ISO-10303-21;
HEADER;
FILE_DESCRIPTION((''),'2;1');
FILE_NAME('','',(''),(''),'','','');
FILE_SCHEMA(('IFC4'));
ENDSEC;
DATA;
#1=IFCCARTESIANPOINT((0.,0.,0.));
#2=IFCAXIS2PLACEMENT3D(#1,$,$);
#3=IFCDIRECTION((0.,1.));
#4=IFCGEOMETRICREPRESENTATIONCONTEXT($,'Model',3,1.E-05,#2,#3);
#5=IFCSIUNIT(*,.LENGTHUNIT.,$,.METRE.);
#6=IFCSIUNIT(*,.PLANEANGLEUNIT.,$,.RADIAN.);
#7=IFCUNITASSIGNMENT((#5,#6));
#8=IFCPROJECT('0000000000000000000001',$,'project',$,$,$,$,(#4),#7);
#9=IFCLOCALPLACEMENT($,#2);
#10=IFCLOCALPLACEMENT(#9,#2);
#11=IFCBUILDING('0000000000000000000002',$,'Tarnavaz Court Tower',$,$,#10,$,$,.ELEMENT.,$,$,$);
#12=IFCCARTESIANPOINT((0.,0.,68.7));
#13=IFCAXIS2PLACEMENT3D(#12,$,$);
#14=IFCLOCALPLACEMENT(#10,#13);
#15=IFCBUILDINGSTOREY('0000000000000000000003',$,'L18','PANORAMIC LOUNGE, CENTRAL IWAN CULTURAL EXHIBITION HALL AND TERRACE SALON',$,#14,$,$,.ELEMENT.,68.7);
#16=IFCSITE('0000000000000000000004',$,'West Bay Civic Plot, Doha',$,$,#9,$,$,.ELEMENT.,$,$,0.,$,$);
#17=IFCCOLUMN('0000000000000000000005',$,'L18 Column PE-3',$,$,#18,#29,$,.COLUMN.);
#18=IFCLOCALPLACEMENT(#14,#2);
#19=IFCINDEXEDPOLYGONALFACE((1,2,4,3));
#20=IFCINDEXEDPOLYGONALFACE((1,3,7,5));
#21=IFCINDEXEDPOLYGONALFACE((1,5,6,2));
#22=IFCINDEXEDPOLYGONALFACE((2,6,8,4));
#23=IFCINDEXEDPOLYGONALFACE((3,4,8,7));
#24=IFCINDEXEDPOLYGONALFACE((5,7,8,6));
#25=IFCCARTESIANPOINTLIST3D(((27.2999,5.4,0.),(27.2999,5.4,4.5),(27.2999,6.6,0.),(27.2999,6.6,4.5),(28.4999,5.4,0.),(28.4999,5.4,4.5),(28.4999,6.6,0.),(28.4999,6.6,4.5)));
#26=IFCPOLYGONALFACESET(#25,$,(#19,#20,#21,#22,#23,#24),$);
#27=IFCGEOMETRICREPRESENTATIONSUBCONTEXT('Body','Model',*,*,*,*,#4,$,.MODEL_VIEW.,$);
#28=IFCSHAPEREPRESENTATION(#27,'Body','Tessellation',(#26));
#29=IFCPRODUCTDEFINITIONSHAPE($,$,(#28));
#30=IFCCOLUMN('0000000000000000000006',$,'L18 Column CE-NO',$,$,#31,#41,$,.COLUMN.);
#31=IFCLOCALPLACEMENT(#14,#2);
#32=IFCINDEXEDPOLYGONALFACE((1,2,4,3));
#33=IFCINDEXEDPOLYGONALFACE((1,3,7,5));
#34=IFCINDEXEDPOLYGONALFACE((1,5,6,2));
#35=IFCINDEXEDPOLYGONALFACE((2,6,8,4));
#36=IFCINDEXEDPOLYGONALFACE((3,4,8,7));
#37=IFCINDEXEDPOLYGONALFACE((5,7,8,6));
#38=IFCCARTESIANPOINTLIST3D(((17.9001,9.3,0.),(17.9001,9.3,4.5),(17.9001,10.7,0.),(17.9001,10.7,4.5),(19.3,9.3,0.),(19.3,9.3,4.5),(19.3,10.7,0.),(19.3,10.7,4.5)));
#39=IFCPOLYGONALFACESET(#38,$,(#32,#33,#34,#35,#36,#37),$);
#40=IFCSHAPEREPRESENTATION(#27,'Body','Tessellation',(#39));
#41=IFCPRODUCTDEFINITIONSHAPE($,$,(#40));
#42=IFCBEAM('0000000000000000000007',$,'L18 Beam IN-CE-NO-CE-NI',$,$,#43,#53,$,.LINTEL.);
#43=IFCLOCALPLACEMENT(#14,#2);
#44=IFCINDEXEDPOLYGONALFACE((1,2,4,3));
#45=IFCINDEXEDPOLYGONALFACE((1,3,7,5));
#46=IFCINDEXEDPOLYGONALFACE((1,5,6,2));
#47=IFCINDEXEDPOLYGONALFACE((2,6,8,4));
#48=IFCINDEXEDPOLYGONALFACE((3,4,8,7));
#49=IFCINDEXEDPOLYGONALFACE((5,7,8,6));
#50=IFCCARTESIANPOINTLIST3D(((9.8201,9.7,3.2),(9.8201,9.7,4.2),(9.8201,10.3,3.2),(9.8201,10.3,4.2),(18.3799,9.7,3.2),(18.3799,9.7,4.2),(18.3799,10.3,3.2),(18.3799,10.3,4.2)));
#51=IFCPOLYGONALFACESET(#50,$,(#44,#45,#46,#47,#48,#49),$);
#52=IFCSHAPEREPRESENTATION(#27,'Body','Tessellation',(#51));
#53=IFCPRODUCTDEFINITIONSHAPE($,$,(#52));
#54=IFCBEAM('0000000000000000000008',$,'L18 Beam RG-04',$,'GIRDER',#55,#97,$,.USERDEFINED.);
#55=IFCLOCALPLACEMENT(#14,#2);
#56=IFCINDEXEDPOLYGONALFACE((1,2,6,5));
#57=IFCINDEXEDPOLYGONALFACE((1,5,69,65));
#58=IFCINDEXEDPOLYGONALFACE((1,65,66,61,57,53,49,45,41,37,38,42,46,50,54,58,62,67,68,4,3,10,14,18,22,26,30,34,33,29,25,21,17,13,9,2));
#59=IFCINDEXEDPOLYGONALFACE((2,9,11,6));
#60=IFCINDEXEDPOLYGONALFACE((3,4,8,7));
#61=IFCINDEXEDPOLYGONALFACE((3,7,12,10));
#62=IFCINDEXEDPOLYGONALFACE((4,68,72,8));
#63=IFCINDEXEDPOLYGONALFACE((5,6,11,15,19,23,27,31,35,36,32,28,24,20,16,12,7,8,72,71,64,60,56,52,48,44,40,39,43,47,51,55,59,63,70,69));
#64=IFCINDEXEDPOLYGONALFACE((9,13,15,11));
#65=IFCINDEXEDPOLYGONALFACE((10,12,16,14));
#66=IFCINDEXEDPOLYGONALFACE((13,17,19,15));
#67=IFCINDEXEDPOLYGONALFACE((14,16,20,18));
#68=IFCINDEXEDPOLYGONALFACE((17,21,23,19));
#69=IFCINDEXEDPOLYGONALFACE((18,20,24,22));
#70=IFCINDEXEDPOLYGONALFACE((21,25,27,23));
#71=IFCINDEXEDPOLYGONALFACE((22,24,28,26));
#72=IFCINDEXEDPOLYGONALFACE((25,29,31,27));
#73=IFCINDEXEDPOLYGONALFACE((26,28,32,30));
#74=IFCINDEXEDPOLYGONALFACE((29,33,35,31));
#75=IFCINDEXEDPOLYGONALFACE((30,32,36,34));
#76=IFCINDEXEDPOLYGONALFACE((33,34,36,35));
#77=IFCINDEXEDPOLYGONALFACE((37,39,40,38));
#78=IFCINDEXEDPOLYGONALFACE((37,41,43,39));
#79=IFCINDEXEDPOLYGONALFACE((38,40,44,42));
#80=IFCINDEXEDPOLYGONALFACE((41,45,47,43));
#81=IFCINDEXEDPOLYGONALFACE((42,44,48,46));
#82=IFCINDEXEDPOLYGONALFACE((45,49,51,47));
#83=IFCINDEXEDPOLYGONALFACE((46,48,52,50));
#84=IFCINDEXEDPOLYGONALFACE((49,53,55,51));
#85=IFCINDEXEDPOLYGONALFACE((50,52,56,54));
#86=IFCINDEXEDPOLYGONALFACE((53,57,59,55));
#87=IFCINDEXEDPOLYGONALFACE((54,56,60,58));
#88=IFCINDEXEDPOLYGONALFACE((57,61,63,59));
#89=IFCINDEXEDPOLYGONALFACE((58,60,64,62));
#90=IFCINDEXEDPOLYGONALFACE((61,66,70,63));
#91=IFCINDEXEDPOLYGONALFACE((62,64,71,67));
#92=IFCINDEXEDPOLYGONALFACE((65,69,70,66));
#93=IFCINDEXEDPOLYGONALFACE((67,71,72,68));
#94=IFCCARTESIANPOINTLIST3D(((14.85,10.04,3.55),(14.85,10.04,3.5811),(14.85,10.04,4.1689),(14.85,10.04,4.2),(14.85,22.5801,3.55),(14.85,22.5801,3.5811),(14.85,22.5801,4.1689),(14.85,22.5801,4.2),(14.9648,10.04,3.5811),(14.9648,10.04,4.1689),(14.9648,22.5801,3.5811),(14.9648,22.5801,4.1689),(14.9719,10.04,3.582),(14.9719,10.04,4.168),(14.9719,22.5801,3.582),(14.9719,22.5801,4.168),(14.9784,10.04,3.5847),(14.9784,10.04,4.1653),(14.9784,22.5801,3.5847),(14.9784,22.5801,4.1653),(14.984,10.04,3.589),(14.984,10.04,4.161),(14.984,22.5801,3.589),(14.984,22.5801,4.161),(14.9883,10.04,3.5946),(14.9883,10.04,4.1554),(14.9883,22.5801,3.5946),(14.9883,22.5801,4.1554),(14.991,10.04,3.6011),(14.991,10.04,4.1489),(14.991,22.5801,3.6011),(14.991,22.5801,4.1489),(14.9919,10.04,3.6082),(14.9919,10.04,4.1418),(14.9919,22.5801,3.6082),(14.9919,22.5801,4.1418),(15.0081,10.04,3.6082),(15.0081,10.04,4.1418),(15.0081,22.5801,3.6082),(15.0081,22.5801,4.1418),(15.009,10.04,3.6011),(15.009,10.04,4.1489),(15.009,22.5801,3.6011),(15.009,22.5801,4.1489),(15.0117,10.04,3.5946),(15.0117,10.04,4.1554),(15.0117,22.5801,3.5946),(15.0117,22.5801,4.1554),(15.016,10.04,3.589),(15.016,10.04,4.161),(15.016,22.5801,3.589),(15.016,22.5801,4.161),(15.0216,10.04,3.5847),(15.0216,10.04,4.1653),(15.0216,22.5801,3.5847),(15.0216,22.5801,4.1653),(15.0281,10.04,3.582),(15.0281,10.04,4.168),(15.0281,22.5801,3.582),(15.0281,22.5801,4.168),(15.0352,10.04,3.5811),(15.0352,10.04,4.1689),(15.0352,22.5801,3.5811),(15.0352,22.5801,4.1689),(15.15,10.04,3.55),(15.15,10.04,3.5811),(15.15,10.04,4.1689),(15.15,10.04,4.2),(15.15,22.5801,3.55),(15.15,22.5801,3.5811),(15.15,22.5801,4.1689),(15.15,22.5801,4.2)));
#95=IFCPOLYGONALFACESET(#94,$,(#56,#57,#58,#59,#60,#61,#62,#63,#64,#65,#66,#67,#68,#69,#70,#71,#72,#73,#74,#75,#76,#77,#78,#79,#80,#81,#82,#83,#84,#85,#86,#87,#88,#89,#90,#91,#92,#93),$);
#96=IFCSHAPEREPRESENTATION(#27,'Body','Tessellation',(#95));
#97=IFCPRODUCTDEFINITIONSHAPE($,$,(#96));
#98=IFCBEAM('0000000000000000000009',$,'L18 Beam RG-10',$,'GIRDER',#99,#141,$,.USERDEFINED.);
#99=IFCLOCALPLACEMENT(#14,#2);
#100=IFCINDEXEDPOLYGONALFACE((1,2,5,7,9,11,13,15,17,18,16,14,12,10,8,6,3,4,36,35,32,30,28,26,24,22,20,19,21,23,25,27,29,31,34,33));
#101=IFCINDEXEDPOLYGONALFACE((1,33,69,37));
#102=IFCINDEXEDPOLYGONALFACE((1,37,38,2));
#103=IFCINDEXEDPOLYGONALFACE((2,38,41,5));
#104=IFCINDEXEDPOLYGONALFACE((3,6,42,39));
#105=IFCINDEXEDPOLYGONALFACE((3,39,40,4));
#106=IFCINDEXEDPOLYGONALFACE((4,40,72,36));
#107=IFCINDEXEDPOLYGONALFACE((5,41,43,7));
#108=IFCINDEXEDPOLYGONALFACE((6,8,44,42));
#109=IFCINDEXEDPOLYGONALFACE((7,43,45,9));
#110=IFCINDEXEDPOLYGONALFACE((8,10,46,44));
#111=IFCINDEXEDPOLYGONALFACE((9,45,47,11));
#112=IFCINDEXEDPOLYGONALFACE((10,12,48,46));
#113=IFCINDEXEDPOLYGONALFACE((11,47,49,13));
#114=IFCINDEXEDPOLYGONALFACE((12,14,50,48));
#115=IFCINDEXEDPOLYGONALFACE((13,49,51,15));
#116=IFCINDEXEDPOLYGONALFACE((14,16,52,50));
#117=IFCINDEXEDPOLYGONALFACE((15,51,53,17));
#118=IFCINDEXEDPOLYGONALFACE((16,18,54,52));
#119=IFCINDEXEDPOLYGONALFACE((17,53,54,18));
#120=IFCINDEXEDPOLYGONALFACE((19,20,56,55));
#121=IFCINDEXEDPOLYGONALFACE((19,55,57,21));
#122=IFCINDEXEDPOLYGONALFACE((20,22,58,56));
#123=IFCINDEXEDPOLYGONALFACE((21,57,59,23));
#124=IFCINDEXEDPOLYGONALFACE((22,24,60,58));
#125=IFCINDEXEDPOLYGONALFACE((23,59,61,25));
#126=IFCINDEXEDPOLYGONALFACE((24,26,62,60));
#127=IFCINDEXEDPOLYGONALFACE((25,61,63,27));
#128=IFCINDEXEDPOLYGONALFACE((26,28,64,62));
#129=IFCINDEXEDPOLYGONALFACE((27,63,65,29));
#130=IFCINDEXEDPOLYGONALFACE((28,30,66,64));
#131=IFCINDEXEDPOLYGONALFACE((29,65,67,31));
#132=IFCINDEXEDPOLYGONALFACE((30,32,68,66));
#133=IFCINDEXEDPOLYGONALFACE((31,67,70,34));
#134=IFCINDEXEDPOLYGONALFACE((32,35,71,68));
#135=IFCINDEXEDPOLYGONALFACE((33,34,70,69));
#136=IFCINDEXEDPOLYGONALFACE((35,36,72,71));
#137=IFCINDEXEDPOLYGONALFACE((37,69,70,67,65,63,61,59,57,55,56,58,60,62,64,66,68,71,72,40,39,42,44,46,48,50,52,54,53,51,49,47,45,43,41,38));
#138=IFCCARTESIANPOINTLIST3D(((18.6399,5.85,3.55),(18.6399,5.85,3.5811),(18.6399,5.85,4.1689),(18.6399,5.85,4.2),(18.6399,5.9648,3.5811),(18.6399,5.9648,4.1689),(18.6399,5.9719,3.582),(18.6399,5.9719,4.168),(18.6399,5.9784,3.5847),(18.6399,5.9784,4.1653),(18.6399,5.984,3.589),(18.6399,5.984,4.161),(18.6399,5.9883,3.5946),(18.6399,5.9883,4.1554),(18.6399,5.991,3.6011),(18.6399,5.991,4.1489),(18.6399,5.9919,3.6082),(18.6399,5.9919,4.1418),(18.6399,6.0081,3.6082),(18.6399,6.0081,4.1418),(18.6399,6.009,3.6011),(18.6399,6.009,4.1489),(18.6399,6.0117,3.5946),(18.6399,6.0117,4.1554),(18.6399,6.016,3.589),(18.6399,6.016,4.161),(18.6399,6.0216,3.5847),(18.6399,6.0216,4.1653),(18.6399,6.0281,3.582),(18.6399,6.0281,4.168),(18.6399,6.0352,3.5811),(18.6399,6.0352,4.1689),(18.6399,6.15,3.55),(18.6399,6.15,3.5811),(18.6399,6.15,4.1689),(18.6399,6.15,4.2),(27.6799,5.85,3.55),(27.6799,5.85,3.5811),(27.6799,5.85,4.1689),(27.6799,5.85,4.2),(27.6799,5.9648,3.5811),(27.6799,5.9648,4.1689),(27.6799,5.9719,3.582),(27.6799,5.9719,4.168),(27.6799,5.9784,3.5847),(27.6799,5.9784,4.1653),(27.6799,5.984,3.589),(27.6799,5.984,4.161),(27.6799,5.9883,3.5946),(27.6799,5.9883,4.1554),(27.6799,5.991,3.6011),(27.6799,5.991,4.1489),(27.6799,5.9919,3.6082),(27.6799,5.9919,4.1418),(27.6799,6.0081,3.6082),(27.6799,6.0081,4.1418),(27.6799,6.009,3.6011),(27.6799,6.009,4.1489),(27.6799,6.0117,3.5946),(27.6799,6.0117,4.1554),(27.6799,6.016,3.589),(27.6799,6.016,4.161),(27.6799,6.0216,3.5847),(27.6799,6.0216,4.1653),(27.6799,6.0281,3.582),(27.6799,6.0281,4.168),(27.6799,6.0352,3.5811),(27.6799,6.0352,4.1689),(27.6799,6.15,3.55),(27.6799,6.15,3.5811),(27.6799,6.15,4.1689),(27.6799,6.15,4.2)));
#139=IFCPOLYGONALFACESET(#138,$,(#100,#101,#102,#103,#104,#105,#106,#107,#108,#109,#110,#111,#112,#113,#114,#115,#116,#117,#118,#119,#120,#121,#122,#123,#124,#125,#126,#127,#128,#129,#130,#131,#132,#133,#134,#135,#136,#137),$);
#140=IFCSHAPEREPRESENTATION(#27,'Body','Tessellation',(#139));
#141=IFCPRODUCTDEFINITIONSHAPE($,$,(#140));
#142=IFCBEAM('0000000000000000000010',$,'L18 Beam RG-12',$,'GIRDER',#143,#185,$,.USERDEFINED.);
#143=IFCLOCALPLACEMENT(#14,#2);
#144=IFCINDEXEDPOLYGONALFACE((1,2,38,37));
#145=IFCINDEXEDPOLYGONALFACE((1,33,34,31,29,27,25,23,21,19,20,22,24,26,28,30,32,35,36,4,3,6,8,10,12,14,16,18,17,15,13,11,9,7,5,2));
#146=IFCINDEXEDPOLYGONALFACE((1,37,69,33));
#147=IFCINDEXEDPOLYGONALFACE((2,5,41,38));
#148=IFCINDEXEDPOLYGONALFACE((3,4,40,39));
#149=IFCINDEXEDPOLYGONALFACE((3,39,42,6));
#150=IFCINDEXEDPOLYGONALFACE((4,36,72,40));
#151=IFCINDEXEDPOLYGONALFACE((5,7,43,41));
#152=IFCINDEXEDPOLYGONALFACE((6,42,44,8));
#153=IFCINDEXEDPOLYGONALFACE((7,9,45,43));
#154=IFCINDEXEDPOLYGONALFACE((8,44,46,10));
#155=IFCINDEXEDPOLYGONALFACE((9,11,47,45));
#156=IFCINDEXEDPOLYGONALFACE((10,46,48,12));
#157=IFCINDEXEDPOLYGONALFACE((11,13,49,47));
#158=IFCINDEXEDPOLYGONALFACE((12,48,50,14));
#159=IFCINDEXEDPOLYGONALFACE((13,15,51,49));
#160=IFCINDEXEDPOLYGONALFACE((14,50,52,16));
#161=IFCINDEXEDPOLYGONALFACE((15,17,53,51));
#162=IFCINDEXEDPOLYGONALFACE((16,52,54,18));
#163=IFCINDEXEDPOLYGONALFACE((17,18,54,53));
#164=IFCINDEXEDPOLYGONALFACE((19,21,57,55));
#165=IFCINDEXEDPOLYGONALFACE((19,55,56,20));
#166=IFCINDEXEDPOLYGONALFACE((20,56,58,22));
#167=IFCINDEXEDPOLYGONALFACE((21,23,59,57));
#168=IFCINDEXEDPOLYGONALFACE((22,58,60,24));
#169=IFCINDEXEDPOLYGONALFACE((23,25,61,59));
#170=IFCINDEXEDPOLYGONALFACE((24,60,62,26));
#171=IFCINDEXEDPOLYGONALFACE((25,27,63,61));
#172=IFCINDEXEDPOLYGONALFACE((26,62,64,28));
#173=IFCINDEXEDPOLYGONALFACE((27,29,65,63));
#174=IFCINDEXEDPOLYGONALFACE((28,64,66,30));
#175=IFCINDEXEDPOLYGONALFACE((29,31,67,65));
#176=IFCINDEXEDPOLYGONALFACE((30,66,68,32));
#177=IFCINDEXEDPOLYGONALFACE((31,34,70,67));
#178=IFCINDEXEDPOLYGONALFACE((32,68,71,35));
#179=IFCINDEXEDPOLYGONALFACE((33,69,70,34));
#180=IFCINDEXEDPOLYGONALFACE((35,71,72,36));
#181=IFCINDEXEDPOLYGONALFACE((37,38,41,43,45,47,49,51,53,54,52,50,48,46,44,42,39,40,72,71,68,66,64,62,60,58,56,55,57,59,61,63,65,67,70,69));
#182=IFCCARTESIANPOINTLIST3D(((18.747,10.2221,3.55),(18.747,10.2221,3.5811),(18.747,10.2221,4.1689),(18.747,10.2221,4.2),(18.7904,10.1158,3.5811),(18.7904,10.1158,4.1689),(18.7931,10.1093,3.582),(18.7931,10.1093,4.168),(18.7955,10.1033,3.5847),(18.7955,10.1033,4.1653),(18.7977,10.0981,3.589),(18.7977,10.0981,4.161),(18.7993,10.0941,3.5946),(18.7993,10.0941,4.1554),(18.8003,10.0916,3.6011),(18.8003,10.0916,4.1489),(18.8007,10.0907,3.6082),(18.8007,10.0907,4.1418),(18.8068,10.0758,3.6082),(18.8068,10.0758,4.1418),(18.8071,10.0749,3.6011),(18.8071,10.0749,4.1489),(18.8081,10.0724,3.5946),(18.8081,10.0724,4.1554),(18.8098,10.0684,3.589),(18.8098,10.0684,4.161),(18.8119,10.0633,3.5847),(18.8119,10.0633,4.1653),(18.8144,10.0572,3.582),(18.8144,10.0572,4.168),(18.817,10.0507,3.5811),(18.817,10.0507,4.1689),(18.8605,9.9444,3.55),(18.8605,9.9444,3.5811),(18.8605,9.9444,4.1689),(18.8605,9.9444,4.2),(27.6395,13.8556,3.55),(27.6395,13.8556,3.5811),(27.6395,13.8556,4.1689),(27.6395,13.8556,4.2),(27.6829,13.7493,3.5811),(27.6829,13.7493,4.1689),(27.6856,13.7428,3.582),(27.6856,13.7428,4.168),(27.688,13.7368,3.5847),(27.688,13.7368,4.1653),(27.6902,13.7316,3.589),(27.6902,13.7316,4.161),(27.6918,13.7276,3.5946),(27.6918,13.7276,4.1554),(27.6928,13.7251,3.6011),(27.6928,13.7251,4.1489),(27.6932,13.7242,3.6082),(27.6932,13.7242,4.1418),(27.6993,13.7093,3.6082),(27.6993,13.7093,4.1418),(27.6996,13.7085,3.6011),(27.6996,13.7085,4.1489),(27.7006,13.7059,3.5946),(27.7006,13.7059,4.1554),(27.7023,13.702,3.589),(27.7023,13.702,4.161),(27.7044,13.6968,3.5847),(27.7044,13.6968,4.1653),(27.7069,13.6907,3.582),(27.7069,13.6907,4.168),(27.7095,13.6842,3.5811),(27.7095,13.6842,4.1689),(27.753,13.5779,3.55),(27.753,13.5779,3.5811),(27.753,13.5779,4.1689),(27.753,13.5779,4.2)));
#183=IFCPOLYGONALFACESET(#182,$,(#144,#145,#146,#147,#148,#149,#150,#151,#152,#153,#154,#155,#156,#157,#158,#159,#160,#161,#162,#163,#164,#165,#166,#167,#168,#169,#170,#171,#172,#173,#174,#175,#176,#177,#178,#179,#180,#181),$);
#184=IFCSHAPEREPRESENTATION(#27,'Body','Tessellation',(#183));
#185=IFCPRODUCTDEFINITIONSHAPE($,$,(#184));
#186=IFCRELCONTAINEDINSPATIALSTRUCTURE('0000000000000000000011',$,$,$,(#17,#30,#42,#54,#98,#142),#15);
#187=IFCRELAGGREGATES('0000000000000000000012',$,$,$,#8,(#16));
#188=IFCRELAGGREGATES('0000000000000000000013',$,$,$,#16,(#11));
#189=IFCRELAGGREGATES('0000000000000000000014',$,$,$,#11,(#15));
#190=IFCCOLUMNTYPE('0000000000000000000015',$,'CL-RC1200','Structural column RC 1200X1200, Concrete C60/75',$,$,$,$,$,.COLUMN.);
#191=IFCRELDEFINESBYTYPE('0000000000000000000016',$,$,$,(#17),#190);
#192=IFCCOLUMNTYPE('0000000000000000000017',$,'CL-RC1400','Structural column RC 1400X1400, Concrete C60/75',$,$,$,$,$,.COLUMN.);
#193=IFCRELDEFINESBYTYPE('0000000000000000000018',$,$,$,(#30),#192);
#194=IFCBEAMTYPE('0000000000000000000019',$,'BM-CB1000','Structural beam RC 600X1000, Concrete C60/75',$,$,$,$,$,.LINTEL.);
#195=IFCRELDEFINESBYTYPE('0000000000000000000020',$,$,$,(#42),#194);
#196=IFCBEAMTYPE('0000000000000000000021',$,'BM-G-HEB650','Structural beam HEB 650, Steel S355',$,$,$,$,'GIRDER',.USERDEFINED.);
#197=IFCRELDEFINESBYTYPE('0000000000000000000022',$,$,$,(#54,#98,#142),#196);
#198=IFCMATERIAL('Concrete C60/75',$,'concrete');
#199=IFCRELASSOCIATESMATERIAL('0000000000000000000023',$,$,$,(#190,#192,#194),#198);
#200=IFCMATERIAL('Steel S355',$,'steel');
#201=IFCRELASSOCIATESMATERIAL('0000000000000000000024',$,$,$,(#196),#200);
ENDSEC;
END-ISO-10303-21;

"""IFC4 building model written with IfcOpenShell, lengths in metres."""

from ifc_helpers import new_model, si_unit, direction, frame, origin, origin_2d, place, context, subcontext, project, spatial, rectangle, i_section, extrude, material, material_profile, profile_set, type_object, element, save


model = new_model("IFC4")

# Units and contexts
model_context = context("Model", 3, precision=1e-05, world=origin(), true_north=direction((0.0, 1.0)))
body_context = subcontext(model_context, "Body", "Model", "MODEL_VIEW")
ifc_project = project(units=[si_unit("LENGTHUNIT", "METRE"), si_unit("PLANEANGLEUNIT", "RADIAN")], contexts=[model_context])

# Site, building, storey
site_placement = place(None, origin())
site = spatial("IfcSite", under=ifc_project, at=site_placement, Name="West Bay Civic Plot, Doha", CompositionType="ELEMENT", RefElevation=0.0)
building_placement = place(site_placement, origin())
building = spatial("IfcBuilding", under=site, at=building_placement, Name="Tarnavaz Court Tower", CompositionType="ELEMENT")
storey_placement = place(building_placement, frame((0.0, 0.0, 68.7)))
storey = spatial("IfcBuildingStorey", under=building, at=storey_placement, Name="L18", Description="PANORAMIC LOUNGE, CENTRAL IWAN CULTURAL EXHIBITION HALL AND TERRACE SALON", CompositionType="ELEMENT", Elevation=68.7)

# Columns
ifc_material_1 = material(Name="Concrete C60/75", Category="concrete")
ifc_material_profile_1 = material_profile(ifc_material_1, rectangle(XDim=1.2, YDim=1.2, at=origin_2d()), Name="RC 1200X1200")
ifc_profile_set_1 = profile_set([ifc_material_profile_1], Name="Concrete C60/75")
column_type_1 = type_object("IfcColumnType", Name="CL-RC1200", Description="Structural column RC 1200X1200, Concrete C60/75", PredefinedType="COLUMN", material=ifc_profile_set_1)
column_1_placement = place(storey_placement, frame((27.8999, 6.0, 0.0), z_axis=(0.0, 0.0, 1.0), x_axis=(1.0, 0.0, 0.0)))
element("IfcColumn", 1, at=column_1_placement, inside=storey, type_object=column_type_1, Name="L18 Column PE-3", PredefinedType="COLUMN", context=body_context, shape_type="SweptSolid", body=[
    extrude(rectangle(XDim=1.2, YDim=1.2, at=origin_2d()), origin(), (0.0, 0.0, 1.0), 4.5),
])
ifc_material_profile_2 = material_profile(ifc_material_1, rectangle(XDim=1.3999, YDim=1.3999, at=origin_2d()), Name="RC 1400X1400")
ifc_profile_set_2 = profile_set([ifc_material_profile_2], Name="Concrete C60/75")
column_type_2 = type_object("IfcColumnType", Name="CL-RC1400", Description="Structural column RC 1400X1400, Concrete C60/75", PredefinedType="COLUMN", material=ifc_profile_set_2)
column_2_placement = place(storey_placement, frame((18.6001, 10.0, 0.0), z_axis=(0.0, 0.0, 1.0), x_axis=(1.0, 0.0, 0.0)))
element("IfcColumn", 2, at=column_2_placement, inside=storey, type_object=column_type_2, Name="L18 Column CE-NO", PredefinedType="COLUMN", context=body_context, shape_type="SweptSolid", body=[
    extrude(rectangle(XDim=1.3999, YDim=1.3999, at=origin_2d()), origin(), (0.0, 0.0, 1.0), 4.5),
])

# Beams
ifc_material_profile_3 = material_profile(ifc_material_1, rectangle(XDim=0.6001, YDim=1.0, at=origin_2d()), Name="RC 600X1000")
ifc_profile_set_3 = profile_set([ifc_material_profile_3], Name="Concrete C60/75")
beam_type_1 = type_object("IfcBeamType", Name="BM-CB1000", Description="Structural beam RC 600X1000, Concrete C60/75", PredefinedType="LINTEL", material=ifc_profile_set_3)
beam_1_placement = place(storey_placement, frame((18.3799, 10.0, 3.7), z_axis=(-1.0, 0.0, 0.0), x_axis=(0.0, -1.0, 0.0)))
element("IfcBeam", 3, at=beam_1_placement, inside=storey, type_object=beam_type_1, Name="L18 Beam IN-CE-NO-CE-NI", PredefinedType="LINTEL", context=body_context, shape_type="SweptSolid", body=[
    extrude(rectangle(XDim=0.6001, YDim=1.0, at=origin_2d()), origin(), (0.0, 0.0, 1.0), 8.5598),
])
ifc_material_2 = material(Name="Steel S355", Category="steel")
ifc_material_profile_4 = material_profile(ifc_material_2, i_section(OverallWidth=0.3, OverallDepth=0.6499, WebThickness=0.0161, FlangeThickness=0.031, FilletRadius=0.0271, at=origin_2d()), Name="HEB 650")
ifc_profile_set_4 = profile_set([ifc_material_profile_4], Name="Steel S355")
beam_type_2 = type_object("IfcBeamType", Name="BM-G-HEB650", Description="Structural beam HEB 650, Steel S355", ElementType="GIRDER", PredefinedType="USERDEFINED", material=ifc_profile_set_4)
beam_2_placement = place(storey_placement, frame((15.0, 10.04, 3.875), z_axis=(0.0, 1.0, 0.0), x_axis=(-1.0, 0.0, 0.0)))
element("IfcBeam", 4, at=beam_2_placement, inside=storey, type_object=beam_type_2, Name="L18 Beam RG-04", ObjectType="GIRDER", PredefinedType="USERDEFINED", context=body_context, shape_type="SweptSolid", body=[
    extrude(i_section(OverallWidth=0.3, OverallDepth=0.6499, WebThickness=0.0161, FlangeThickness=0.031, FilletRadius=0.0271, at=origin_2d()), origin(), (0.0, 0.0, 1.0), 12.54),
])
beam_3_placement = place(storey_placement, frame((18.6399, 6.0, 3.875), z_axis=(1.0, 0.0, 0.0), x_axis=(0.0, 1.0, 0.0)))
element("IfcBeam", 5, at=beam_3_placement, inside=storey, type_object=beam_type_2, Name="L18 Beam RG-10", ObjectType="GIRDER", PredefinedType="USERDEFINED", context=body_context, shape_type="SweptSolid", body=[
    extrude(i_section(OverallWidth=0.3, OverallDepth=0.6499, WebThickness=0.0161, FlangeThickness=0.031, FilletRadius=0.0271, at=origin_2d()), origin(), (0.0, 0.0, 1.0), 9.04),
])
beam_4_placement = place(storey_placement, frame((18.8037, 10.0833, 3.875), z_axis=(0.925705, 0.378247, 0.0), x_axis=(-0.378247, 0.925705, 0.0)))
element("IfcBeam", 6, at=beam_4_placement, inside=storey, type_object=beam_type_2, Name="L18 Beam RG-12", ObjectType="GIRDER", PredefinedType="USERDEFINED", context=body_context, shape_type="SweptSolid", body=[
    extrude(i_section(OverallWidth=0.3, OverallDepth=0.6499, WebThickness=0.0161, FlangeThickness=0.031, FilletRadius=0.0271, at=origin_2d()), origin(), (0.0, 0.0, 1.0), 9.6062),
])

save(model, "model.ifc")
